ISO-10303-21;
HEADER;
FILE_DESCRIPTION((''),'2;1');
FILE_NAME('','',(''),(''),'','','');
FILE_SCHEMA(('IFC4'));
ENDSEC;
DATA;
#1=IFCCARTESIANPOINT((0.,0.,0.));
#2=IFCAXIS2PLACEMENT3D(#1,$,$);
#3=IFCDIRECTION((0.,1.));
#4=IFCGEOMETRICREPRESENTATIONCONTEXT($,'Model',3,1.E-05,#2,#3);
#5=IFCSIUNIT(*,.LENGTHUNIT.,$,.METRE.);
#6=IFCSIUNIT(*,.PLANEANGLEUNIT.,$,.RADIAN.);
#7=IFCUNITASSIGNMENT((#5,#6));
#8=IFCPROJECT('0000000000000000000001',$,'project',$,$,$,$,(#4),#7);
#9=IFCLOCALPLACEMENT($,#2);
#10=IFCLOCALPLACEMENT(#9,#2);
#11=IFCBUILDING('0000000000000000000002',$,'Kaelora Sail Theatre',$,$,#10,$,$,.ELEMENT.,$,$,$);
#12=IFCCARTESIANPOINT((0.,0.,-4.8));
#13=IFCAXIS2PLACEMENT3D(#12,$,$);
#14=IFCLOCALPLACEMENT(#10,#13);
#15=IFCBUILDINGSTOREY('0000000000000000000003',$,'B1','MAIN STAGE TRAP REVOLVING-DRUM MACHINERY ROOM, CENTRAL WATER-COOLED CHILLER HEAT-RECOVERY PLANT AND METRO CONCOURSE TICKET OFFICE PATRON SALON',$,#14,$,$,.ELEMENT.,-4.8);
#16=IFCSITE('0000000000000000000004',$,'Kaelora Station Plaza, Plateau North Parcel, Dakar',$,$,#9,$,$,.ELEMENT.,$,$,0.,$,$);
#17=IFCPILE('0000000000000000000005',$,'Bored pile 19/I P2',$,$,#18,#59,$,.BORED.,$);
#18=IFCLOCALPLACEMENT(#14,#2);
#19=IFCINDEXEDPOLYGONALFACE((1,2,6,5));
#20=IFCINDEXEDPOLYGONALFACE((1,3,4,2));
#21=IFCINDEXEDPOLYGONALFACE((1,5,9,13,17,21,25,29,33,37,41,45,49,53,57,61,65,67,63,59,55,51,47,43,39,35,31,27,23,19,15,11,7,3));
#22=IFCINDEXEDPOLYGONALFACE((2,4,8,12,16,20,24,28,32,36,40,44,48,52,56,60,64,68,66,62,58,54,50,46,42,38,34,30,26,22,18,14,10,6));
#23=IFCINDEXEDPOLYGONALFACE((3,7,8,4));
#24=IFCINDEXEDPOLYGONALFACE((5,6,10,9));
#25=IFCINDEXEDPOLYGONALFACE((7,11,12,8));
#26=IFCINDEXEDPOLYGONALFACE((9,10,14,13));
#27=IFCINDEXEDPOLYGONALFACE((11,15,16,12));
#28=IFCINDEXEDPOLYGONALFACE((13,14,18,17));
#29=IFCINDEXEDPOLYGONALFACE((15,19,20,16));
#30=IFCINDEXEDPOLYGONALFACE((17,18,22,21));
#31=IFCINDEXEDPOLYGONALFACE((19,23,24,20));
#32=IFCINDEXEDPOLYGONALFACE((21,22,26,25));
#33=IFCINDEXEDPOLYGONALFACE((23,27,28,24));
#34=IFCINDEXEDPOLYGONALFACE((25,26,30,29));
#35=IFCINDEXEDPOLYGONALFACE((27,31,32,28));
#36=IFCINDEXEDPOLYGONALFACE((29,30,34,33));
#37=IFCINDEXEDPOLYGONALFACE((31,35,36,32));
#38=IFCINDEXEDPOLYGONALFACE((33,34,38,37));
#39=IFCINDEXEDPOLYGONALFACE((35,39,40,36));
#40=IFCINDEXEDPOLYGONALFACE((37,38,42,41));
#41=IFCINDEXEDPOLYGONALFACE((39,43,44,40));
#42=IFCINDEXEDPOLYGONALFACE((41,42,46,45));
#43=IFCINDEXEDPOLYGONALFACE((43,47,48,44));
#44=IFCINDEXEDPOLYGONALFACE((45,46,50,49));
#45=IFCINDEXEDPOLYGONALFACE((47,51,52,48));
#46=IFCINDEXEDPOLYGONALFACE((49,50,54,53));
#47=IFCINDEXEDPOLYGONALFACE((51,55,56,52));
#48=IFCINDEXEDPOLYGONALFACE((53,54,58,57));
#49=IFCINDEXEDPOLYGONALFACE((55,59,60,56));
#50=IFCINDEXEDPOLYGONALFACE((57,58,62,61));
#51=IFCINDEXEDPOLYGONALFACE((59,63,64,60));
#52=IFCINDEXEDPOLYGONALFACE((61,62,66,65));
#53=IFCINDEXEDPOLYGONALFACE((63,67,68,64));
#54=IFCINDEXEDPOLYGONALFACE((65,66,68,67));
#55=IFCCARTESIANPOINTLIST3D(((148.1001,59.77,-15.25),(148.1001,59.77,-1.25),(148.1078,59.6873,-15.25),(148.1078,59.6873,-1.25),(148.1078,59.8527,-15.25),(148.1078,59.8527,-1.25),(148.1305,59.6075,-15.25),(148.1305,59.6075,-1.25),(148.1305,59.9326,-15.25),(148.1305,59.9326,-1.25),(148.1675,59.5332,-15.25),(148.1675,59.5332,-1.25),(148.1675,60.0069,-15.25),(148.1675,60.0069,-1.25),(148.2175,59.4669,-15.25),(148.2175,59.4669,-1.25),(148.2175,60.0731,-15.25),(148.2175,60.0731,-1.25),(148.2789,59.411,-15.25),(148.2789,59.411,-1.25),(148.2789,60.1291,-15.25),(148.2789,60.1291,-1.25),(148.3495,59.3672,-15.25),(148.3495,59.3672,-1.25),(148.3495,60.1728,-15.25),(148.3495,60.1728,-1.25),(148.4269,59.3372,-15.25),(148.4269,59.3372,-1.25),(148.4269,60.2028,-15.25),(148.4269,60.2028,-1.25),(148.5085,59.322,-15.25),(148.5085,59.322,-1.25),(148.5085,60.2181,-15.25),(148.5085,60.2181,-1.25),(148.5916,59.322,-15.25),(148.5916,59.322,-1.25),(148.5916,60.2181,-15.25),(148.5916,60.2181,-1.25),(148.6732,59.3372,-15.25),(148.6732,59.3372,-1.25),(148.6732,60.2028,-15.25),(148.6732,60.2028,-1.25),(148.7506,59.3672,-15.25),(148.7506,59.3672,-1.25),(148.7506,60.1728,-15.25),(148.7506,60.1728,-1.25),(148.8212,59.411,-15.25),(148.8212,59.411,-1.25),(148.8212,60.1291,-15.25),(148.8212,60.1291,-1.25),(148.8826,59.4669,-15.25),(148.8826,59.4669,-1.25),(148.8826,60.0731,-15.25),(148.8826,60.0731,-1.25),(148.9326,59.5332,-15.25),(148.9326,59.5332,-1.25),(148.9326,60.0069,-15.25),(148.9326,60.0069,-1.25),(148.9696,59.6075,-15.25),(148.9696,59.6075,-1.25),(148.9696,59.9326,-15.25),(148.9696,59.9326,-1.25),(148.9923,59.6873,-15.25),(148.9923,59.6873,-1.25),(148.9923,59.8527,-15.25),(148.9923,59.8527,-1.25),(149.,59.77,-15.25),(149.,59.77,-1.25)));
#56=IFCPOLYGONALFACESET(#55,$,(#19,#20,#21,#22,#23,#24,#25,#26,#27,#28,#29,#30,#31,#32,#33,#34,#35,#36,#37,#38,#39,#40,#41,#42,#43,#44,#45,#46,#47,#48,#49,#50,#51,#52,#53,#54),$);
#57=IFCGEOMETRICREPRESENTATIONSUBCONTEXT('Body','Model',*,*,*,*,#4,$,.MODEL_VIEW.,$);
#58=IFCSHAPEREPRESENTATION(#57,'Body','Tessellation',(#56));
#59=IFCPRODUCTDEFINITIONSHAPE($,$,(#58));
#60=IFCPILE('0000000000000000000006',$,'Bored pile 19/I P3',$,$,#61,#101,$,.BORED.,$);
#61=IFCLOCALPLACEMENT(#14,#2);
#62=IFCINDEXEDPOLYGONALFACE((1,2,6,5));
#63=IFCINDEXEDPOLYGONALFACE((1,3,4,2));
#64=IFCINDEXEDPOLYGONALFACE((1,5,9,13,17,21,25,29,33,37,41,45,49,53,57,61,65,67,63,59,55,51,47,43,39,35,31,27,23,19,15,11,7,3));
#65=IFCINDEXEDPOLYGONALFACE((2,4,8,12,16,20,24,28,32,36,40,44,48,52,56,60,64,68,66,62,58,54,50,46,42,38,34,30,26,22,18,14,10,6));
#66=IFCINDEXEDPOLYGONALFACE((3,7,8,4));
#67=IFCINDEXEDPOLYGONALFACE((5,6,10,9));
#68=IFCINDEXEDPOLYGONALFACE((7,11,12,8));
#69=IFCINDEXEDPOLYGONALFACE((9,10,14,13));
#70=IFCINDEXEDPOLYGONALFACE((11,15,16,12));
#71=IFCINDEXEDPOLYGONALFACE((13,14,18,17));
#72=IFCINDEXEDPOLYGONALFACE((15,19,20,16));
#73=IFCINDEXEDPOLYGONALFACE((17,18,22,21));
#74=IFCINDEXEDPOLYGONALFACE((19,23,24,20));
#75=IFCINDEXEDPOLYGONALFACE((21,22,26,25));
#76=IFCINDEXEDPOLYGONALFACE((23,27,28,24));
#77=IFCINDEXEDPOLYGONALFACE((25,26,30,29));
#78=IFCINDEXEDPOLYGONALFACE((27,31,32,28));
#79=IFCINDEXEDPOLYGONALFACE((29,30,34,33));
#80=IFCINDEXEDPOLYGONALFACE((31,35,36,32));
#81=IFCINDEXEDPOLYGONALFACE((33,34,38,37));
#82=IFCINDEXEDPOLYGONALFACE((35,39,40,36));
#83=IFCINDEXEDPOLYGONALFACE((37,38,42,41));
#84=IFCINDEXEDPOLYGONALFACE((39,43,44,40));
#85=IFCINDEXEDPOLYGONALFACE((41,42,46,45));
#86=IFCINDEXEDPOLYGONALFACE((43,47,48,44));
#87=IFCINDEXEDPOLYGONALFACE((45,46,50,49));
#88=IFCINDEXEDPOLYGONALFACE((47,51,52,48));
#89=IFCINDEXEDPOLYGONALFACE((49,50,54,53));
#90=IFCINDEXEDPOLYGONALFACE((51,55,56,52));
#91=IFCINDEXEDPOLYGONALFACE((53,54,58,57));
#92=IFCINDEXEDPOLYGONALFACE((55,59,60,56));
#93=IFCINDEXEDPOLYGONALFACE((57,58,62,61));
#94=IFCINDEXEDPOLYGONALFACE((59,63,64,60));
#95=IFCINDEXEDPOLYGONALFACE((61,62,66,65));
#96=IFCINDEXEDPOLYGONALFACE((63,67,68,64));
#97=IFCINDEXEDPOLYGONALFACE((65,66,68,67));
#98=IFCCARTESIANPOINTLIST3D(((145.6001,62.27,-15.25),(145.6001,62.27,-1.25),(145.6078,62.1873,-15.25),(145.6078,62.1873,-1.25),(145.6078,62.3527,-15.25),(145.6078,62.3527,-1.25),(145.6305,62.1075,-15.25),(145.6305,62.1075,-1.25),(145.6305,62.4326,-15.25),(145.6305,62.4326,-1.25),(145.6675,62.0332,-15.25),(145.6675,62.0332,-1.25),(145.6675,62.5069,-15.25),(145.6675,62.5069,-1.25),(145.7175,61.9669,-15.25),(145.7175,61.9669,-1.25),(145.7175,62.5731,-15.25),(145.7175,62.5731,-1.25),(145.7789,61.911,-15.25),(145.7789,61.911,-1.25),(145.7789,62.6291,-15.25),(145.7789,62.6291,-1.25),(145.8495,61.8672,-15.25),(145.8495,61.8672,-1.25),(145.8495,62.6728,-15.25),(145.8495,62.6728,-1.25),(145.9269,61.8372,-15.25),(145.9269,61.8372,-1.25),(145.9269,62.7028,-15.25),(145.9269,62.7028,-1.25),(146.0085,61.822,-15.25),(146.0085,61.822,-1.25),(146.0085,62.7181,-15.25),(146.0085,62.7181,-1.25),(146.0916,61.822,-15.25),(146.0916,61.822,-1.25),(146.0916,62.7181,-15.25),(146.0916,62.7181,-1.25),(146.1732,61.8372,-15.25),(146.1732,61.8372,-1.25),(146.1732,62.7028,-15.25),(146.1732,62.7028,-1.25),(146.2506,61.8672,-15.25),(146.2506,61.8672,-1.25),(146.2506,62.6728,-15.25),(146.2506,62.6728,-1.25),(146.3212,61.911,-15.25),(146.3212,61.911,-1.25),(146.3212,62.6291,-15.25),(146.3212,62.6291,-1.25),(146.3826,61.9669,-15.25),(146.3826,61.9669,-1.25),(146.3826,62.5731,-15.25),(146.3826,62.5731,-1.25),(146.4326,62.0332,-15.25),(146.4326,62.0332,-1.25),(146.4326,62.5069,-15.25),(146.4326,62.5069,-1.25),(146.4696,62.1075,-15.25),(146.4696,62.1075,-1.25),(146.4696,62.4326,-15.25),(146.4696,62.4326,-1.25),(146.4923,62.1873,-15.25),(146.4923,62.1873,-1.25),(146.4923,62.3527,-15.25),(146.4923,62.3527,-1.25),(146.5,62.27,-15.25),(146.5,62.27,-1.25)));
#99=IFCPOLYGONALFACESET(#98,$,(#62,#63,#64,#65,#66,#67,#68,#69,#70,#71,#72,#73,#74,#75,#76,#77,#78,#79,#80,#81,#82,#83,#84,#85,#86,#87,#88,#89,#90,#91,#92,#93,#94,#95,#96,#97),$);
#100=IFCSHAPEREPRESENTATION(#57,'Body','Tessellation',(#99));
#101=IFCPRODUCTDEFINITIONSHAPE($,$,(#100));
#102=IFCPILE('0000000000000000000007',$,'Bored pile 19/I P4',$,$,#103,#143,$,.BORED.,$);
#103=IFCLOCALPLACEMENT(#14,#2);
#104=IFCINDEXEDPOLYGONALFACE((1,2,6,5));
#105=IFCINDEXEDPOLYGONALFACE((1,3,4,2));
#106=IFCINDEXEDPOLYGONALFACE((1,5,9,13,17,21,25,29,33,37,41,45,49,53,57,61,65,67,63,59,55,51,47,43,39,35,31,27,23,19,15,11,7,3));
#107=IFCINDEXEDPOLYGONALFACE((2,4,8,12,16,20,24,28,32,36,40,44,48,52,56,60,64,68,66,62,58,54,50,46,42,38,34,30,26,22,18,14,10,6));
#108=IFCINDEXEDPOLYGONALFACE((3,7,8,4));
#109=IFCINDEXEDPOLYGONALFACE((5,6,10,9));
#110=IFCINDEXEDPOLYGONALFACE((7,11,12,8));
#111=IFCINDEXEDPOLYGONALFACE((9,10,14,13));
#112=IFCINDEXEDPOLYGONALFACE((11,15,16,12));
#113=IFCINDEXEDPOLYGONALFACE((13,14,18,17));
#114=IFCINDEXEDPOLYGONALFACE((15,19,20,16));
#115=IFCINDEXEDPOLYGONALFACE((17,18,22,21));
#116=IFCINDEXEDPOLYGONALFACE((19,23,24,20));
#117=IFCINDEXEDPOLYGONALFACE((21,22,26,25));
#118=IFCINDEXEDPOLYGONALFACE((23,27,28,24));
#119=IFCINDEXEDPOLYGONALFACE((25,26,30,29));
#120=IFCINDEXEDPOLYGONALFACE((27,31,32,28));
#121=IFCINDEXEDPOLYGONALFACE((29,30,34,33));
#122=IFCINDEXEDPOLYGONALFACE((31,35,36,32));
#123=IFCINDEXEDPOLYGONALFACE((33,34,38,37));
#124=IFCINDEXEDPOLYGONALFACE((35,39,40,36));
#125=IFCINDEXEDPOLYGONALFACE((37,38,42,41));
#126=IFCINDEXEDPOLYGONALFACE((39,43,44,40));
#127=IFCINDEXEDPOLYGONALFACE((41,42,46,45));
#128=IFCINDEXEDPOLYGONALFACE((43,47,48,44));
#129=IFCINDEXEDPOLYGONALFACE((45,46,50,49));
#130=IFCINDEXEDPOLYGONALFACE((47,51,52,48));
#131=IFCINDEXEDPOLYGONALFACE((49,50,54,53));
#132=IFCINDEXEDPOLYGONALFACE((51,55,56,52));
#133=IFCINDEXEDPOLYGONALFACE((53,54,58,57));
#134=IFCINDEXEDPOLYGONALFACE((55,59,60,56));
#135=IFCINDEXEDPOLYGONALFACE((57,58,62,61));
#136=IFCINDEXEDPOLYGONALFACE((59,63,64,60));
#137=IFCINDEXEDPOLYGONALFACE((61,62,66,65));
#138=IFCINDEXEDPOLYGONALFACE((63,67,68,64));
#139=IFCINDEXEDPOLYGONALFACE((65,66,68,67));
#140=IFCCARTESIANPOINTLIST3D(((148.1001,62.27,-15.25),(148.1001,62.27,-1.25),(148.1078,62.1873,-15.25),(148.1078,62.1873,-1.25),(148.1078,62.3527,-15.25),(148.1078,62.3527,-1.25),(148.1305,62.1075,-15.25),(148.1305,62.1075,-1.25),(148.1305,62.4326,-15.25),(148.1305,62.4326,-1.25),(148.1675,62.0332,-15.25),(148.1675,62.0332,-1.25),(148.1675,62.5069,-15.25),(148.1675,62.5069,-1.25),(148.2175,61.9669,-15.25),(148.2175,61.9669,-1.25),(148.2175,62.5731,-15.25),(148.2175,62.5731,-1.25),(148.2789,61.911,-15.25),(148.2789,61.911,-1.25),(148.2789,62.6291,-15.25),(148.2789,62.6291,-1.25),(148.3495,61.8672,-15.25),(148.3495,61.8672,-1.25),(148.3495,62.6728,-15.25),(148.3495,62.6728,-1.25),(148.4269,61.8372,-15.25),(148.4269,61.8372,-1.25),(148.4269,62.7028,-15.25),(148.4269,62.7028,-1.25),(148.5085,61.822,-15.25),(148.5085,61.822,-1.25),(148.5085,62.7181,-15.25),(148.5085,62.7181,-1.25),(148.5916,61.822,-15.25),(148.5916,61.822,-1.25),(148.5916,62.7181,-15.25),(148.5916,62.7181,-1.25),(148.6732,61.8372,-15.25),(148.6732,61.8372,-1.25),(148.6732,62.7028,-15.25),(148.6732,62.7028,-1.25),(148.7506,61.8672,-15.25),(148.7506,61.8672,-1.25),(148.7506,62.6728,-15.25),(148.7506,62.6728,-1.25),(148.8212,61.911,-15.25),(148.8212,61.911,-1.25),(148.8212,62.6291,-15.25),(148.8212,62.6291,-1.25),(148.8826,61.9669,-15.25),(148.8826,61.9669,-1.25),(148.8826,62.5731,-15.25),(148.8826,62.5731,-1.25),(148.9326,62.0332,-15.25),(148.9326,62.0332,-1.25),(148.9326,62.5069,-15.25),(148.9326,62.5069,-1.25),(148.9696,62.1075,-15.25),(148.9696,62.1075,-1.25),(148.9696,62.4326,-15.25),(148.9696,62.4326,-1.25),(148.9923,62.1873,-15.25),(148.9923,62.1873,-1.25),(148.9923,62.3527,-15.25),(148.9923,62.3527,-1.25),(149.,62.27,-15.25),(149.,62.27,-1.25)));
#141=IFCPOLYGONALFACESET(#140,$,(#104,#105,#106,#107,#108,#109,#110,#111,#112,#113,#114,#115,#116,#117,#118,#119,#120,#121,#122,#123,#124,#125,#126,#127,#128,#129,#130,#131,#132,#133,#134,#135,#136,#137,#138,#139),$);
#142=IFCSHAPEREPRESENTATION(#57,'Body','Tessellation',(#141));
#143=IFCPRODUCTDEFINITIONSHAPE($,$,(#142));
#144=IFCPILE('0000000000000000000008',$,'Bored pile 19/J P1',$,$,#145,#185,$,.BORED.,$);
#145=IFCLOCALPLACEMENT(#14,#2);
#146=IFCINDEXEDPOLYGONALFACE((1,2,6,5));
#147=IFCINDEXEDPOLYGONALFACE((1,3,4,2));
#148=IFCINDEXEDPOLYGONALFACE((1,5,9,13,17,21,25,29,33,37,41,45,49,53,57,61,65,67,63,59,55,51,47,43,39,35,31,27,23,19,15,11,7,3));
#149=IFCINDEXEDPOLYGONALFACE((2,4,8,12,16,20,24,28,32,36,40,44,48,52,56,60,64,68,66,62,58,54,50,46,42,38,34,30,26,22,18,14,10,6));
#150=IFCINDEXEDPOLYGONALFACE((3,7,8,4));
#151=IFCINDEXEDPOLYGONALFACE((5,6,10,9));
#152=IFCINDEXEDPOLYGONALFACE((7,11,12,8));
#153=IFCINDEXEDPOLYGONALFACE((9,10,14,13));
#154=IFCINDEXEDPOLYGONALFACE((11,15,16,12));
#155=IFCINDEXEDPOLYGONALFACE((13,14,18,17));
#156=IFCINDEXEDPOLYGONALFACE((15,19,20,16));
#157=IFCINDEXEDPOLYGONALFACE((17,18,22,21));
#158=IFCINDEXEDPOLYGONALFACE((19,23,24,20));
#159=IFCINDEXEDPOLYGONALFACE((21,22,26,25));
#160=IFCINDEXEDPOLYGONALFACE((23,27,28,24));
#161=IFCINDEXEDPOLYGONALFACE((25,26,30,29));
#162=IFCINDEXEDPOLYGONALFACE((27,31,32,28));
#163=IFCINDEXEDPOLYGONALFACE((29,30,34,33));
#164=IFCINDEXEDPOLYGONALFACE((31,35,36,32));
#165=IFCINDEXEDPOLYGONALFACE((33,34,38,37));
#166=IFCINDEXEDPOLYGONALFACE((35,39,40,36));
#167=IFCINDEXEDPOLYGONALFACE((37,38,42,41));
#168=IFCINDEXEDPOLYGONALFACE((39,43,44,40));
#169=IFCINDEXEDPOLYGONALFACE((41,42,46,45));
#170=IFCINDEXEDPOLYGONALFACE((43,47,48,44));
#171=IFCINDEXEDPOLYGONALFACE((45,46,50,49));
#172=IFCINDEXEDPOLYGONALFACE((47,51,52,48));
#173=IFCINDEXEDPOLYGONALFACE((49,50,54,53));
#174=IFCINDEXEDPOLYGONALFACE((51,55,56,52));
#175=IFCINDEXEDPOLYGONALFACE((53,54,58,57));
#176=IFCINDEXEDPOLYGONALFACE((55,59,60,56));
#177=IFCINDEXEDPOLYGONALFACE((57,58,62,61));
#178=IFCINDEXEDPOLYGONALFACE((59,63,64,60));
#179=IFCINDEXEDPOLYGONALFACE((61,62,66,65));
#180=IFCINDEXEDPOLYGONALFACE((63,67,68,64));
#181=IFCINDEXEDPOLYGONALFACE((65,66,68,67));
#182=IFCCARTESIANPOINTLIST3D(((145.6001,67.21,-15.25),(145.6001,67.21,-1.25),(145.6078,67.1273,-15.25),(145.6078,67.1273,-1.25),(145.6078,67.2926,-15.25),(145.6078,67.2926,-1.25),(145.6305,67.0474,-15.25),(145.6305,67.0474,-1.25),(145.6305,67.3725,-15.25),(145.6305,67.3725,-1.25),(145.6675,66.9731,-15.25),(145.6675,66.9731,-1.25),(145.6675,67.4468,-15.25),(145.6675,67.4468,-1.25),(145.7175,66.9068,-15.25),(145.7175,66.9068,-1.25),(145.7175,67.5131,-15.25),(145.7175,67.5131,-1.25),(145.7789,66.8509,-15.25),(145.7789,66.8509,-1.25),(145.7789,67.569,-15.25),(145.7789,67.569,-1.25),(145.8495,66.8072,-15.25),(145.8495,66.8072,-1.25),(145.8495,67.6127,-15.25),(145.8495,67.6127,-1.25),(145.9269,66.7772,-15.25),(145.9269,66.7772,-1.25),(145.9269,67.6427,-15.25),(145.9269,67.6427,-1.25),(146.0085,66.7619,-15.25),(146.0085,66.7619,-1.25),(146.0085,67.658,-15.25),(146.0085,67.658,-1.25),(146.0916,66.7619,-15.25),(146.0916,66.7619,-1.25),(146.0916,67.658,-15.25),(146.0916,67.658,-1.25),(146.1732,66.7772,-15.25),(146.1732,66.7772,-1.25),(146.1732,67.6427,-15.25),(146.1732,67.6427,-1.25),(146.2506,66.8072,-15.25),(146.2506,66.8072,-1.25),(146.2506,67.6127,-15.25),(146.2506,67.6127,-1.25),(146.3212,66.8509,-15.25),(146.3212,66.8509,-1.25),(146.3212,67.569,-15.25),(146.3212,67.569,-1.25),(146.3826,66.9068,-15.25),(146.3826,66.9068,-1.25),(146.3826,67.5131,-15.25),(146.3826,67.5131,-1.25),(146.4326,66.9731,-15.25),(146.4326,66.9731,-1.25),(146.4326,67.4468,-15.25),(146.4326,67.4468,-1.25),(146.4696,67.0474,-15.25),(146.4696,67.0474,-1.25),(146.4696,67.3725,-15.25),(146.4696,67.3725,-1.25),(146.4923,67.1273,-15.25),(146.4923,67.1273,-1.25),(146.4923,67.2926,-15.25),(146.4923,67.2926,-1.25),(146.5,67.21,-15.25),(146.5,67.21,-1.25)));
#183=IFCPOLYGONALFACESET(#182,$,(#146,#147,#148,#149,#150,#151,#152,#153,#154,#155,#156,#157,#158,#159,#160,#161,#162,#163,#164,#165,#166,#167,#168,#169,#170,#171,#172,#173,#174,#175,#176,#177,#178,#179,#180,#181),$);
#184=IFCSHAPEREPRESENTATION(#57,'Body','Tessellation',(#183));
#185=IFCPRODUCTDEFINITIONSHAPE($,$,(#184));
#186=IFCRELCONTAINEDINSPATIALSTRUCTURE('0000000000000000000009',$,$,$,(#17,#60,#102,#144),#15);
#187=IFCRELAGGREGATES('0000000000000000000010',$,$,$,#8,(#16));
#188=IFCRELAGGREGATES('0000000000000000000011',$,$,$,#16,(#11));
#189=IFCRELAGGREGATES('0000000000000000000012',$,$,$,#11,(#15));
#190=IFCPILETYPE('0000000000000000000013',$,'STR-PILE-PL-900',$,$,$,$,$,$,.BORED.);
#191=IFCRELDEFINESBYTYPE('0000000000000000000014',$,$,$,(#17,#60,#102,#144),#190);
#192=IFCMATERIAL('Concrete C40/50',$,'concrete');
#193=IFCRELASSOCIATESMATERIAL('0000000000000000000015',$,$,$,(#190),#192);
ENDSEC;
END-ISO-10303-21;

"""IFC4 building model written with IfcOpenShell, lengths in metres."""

from ifc_helpers import new_model, si_unit, direction, frame, origin, origin_2d, place, context, subcontext, project, spatial, circle, extrude, material, material_profile, profile_set, type_object, element, save


model = new_model("IFC4")

# Units and contexts
model_context = context("Model", 3, precision=1e-05, world=origin(), true_north=direction((0.0, 1.0)))
body_context = subcontext(model_context, "Body", "Model", "MODEL_VIEW")
ifc_project = project(units=[si_unit("LENGTHUNIT", "METRE"), si_unit("PLANEANGLEUNIT", "RADIAN")], contexts=[model_context])

# Site, building, storey
site_placement = place(None, origin())
site = spatial("IfcSite", under=ifc_project, at=site_placement, Name="Kaelora Station Plaza, Plateau North Parcel, Dakar", CompositionType="ELEMENT", RefElevation=0.0)
building_placement = place(site_placement, origin())
building = spatial("IfcBuilding", under=site, at=building_placement, Name="Kaelora Sail Theatre", CompositionType="ELEMENT")
storey_placement = place(building_placement, frame((0.0, 0.0, -4.8)))
storey = spatial("IfcBuildingStorey", under=building, at=storey_placement, Name="B1", Description="MAIN STAGE TRAP REVOLVING-DRUM MACHINERY ROOM, CENTRAL WATER-COOLED CHILLER HEAT-RECOVERY PLANT AND METRO CONCOURSE TICKET OFFICE PATRON SALON", CompositionType="ELEMENT", Elevation=-4.8)

# Piles
ifc_material_1 = material(Name="Concrete C40/50", Category="concrete")
ifc_material_profile_1 = material_profile(ifc_material_1, circle(Radius=0.45, at=origin_2d()), Name="PILE D900")
ifc_profile_set_1 = profile_set([ifc_material_profile_1], Name="Concrete C40/50")
pile_type = type_object("IfcPileType", Name="STR-PILE-PL-900", PredefinedType="BORED", material=ifc_profile_set_1)
for number, where, z_axis, x_axis, name in (
    (1, (148.55, 59.77, -1.25), (0.0, 0.0, -1.0), (1.0, 0.0, 0.0), "Bored pile 19/I P2"),
    (2, (146.05, 62.27, -1.25), (0.0, 0.0, -1.0), (1.0, 0.0, 0.0), "Bored pile 19/I P3"),
    (3, (148.55, 62.27, -1.25), (0.0, 0.0, -1.0), (1.0, 0.0, 0.0), "Bored pile 19/I P4"),
    (4, (146.05, 67.21, -1.25), (0.0, 0.0, -1.0), (1.0, 0.0, 0.0), "Bored pile 19/J P1"),
):
    element("IfcPile", number, at=place(storey_placement, frame(where, z_axis=z_axis, x_axis=x_axis)), inside=storey, type_object=pile_type, Name=name, PredefinedType="BORED", context=body_context, shape_type="SweptSolid", body=[
        extrude(circle(Radius=0.45, at=origin_2d()), origin(), (0.0, 0.0, 1.0), 14.0),
    ])

save(model, "model.ifc")
